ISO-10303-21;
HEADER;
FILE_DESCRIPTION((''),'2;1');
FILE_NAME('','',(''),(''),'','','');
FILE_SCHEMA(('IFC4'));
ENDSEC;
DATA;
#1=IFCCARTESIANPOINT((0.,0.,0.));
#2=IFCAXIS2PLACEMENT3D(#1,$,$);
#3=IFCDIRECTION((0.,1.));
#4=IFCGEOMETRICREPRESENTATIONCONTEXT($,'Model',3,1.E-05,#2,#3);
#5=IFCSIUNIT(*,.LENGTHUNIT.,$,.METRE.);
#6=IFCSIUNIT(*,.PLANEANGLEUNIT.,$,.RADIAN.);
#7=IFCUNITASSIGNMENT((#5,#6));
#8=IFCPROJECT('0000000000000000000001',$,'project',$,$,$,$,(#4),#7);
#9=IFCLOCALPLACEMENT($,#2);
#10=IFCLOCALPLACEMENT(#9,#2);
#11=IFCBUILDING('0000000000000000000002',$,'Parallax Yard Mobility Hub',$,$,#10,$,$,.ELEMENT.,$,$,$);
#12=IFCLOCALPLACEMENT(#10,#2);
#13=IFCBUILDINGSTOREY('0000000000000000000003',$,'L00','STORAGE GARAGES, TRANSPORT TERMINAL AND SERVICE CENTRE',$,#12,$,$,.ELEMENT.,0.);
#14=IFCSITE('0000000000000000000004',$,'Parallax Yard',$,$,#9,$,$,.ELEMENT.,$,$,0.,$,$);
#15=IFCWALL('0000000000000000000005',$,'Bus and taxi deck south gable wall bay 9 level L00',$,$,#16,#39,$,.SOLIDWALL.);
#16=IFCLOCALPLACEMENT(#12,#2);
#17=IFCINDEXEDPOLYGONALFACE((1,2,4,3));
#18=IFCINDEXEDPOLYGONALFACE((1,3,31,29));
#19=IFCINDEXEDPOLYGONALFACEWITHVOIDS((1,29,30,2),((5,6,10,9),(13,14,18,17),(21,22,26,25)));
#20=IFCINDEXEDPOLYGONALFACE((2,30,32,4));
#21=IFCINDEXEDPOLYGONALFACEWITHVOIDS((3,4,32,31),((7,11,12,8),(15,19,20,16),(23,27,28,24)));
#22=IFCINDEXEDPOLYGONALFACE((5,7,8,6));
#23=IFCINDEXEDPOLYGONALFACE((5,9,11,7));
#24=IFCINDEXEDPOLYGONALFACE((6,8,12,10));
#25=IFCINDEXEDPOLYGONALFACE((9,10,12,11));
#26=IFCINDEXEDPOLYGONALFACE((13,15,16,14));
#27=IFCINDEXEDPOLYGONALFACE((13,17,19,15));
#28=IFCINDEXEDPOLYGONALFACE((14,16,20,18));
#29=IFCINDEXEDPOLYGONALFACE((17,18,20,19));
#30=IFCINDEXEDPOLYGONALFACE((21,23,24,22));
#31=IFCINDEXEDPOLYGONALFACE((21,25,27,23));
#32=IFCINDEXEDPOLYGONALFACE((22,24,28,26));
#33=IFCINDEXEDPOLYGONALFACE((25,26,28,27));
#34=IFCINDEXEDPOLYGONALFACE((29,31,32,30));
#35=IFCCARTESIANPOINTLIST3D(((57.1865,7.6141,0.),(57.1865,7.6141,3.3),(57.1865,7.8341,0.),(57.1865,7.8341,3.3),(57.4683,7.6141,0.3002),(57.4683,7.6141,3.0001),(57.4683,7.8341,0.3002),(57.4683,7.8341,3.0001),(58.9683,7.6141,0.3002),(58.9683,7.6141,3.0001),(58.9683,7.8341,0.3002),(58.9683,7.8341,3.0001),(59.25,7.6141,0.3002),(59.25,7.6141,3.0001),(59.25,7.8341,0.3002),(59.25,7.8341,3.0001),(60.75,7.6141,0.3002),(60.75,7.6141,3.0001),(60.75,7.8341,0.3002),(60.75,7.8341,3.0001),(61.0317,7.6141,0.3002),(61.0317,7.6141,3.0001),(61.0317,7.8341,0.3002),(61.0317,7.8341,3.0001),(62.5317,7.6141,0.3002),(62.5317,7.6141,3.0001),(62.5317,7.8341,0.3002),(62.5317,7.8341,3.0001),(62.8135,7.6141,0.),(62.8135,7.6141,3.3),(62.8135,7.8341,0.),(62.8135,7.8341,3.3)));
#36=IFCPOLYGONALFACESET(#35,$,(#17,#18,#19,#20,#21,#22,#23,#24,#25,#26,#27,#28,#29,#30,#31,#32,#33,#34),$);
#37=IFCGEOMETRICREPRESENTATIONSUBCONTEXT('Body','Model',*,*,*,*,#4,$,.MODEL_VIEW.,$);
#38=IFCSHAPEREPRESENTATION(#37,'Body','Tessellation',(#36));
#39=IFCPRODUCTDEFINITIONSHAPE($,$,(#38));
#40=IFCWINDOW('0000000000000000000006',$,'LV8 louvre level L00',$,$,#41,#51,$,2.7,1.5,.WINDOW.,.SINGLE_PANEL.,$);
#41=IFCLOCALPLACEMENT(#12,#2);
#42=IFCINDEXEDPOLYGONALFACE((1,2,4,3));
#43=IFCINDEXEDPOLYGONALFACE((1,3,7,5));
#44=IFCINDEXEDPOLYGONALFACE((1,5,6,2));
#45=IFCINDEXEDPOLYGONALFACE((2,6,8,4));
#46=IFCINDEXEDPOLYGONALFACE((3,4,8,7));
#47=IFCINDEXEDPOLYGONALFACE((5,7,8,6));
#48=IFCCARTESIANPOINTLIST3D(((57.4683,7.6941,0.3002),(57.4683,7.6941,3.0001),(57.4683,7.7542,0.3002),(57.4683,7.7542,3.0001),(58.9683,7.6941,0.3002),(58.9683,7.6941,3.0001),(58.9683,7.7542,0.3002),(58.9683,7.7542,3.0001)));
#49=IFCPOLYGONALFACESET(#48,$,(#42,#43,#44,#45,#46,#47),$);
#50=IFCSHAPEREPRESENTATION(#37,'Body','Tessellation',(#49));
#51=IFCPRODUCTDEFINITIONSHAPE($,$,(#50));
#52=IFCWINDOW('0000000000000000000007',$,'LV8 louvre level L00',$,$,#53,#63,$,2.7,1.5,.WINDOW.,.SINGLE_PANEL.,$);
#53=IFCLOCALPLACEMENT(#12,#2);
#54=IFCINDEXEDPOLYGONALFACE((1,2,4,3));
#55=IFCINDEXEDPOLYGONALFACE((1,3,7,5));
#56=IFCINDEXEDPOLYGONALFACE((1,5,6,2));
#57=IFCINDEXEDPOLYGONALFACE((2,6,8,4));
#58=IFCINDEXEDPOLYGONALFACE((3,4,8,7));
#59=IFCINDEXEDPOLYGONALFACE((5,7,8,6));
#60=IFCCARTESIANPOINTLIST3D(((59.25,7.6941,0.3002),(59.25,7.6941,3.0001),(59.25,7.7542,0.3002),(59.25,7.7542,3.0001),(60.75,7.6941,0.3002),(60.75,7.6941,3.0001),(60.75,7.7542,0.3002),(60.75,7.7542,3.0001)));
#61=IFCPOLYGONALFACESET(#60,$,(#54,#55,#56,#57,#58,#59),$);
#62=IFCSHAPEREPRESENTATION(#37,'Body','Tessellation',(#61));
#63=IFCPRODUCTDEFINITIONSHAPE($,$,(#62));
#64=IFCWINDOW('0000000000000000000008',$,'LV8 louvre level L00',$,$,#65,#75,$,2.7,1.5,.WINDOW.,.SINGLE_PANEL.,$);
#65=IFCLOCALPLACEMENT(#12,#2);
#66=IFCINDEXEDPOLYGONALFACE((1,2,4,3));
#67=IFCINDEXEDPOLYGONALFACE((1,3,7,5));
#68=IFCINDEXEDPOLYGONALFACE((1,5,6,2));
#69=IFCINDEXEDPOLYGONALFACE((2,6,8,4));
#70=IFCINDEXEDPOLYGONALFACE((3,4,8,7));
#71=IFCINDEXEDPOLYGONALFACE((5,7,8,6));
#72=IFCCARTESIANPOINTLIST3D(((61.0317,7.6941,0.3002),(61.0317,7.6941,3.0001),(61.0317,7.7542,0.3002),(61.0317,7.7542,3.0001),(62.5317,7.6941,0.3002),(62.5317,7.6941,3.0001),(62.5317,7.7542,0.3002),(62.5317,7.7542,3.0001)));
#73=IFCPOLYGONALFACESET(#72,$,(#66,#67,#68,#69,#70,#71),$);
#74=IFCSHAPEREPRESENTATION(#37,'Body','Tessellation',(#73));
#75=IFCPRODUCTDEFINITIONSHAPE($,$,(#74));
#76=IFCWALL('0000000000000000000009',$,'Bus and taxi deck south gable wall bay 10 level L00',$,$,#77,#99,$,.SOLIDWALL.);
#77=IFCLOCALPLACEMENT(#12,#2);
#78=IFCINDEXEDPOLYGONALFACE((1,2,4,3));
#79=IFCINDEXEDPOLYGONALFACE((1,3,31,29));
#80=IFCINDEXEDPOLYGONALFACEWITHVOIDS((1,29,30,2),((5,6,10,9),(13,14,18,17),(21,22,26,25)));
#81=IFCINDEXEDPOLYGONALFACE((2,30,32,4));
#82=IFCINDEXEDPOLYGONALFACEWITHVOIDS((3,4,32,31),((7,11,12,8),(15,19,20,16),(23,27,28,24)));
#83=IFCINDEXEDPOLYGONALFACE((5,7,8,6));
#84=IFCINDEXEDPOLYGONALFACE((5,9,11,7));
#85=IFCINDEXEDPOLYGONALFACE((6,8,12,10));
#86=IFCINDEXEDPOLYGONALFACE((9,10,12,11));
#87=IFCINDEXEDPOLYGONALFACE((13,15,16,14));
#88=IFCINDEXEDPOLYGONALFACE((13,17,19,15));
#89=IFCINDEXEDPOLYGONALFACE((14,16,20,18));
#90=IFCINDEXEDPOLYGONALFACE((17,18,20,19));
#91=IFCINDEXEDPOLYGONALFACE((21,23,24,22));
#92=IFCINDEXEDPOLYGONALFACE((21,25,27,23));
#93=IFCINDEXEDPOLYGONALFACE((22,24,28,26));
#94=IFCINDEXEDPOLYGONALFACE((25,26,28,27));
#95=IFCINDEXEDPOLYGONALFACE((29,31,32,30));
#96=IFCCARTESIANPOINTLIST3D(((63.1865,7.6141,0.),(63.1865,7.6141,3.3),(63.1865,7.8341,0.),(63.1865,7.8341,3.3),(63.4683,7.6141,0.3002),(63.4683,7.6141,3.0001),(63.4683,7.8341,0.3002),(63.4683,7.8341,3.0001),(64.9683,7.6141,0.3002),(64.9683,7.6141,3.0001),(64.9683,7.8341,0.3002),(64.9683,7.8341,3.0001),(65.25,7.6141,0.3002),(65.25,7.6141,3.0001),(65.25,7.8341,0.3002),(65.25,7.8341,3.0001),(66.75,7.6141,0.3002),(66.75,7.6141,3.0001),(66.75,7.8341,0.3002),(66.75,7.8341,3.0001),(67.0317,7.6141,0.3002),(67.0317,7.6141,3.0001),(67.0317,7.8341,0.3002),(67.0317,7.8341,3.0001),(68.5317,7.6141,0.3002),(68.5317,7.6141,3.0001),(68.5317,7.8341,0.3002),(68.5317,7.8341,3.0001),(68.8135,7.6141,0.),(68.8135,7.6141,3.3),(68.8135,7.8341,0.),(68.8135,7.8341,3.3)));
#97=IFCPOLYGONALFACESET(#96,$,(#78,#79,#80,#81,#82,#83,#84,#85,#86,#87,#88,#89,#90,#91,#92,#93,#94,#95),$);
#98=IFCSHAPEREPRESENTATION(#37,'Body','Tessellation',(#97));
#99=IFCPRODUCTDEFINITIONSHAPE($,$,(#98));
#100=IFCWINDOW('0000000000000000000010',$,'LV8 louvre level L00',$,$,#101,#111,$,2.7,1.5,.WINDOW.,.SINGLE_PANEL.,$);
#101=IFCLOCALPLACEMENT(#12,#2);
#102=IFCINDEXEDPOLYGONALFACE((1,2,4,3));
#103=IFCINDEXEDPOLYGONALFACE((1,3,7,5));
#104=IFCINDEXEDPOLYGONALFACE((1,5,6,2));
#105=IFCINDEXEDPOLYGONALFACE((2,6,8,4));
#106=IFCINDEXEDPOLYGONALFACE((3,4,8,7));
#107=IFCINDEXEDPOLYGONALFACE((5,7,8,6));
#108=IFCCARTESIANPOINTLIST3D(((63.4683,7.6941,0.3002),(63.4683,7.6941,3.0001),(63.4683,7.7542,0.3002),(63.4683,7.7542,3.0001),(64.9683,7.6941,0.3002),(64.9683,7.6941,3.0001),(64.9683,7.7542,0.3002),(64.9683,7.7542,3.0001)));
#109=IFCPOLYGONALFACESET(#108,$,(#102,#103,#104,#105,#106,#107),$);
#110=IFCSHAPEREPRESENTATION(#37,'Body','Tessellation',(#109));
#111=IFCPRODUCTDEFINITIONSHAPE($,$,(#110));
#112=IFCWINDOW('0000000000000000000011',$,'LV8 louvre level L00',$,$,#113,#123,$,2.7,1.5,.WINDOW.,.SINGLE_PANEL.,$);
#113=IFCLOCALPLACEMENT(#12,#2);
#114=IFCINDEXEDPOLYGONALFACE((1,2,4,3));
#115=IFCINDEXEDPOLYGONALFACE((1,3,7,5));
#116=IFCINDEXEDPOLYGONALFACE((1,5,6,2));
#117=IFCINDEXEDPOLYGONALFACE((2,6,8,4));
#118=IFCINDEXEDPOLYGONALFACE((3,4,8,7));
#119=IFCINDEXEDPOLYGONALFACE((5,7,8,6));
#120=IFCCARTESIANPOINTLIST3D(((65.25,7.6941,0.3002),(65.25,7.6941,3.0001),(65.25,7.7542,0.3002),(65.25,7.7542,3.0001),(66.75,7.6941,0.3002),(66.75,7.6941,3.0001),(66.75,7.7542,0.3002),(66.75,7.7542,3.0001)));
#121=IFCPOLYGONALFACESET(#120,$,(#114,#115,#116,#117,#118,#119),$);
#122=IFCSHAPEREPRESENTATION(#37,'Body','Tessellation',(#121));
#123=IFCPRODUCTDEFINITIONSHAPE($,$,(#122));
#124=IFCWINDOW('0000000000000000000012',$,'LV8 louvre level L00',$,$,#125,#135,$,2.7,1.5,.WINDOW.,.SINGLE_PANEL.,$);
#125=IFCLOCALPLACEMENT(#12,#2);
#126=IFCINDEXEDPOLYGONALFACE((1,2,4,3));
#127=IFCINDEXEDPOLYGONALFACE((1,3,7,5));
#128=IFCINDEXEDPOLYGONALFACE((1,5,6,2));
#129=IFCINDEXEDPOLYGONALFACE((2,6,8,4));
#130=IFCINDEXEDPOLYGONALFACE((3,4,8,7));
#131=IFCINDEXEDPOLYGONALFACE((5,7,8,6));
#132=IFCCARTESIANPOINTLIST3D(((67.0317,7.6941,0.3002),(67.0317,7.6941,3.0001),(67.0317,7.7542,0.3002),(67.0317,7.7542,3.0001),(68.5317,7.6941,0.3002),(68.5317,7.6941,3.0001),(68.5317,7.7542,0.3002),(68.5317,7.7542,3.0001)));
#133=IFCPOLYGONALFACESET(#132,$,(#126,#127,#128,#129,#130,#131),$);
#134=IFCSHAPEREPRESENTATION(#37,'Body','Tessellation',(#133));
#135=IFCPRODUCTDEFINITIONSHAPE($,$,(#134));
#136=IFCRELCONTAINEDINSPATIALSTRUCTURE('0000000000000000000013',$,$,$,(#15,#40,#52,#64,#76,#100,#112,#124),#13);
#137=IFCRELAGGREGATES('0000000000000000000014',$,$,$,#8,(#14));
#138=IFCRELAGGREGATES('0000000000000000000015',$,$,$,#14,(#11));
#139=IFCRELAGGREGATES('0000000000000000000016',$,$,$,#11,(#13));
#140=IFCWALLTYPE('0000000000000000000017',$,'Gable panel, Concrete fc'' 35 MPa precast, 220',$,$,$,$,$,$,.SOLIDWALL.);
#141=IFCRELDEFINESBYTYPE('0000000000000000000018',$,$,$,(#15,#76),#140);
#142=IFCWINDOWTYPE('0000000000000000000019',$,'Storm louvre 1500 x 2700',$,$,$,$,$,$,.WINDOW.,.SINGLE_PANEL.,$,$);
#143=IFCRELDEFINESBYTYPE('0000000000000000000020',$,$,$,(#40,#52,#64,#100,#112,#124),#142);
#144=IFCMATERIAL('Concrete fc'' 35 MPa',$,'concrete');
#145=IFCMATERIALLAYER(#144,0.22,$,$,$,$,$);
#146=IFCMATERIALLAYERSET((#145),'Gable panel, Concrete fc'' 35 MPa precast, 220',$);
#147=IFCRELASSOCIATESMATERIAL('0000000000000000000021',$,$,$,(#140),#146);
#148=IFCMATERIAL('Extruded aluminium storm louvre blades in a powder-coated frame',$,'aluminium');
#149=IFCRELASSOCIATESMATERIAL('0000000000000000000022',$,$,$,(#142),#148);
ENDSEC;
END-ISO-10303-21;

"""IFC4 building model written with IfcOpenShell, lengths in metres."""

from ifc_helpers import new_model, si_unit, direction, frame, frame_2d, origin, place, context, subcontext, project, spatial, rectangle, extrude, material, layer, layer_set, type_object, element, fill, save


model = new_model("IFC4")

# Units and contexts
model_context = context("Model", 3, precision=1e-05, world=origin(), true_north=direction((0.0, 1.0)))
body_context = subcontext(model_context, "Body", "Model", "MODEL_VIEW")
ifc_project = project(units=[si_unit("LENGTHUNIT", "METRE"), si_unit("PLANEANGLEUNIT", "RADIAN")], contexts=[model_context])

# Site, building, storey
site_placement = place(None, origin())
site = spatial("IfcSite", under=ifc_project, at=site_placement, Name="Parallax Yard", CompositionType="ELEMENT", RefElevation=0.0)
building_placement = place(site_placement, origin())
building = spatial("IfcBuilding", under=site, at=building_placement, Name="Parallax Yard Mobility Hub", CompositionType="ELEMENT")
storey_placement = place(building_placement, origin())
storey = spatial("IfcBuildingStorey", under=building, at=storey_placement, Name="L00", Description="STORAGE GARAGES, TRANSPORT TERMINAL AND SERVICE CENTRE", CompositionType="ELEMENT", Elevation=0.0)

# Walls, openings, windows
ifc_material_1 = material(Name="Concrete fc' 35 MPa", Category="concrete")
ifc_layer = layer(ifc_material_1, 0.22)
ifc_layer_set = layer_set([ifc_layer], Name="Gable panel, Concrete fc' 35 MPa precast, 220")
wall_type = type_object("IfcWallType", Name="Gable panel, Concrete fc' 35 MPa precast, 220", PredefinedType="SOLIDWALL", material=ifc_layer_set)
wall_1_placement = place(storey_placement, frame((57.1865, 7.7241, 0.0), z_axis=(0.0, 0.0, 1.0), x_axis=(1.0, 0.0, 0.0)))
wall_1 = element("IfcWall", 1, at=wall_1_placement, inside=storey, type_object=wall_type, Name="Bus and taxi deck south gable wall bay 9 level L00", PredefinedType="SOLIDWALL", context=body_context, shape_type="SweptSolid", body=[
    extrude(rectangle(XDim=5.627, YDim=0.22, at=frame_2d((2.8135, 0.0))), origin(), (0.0, 0.0, 1.0), 3.3),
])
opening_1_placement = place(wall_1_placement, frame((0.2817, 0.0, 0.3)))
opening_1 = element("IfcOpeningElement", 2, at=opening_1_placement, cuts=wall_1, PredefinedType="OPENING", context=body_context, shape_type="SweptSolid", body=[
    extrude(rectangle(XDim=1.5, YDim=2.7, at=frame_2d((0.75, 1.3501))), frame((0.0, 0.1201, 0.0), z_axis=(0.0, -1.0, 0.0), x_axis=(1.0, 0.0, 0.0)), (0.0, 0.0, 1.0), 0.24),
])
opening_2_placement = place(wall_1_placement, frame((2.0635, 0.0, 0.3)))
opening_2 = element("IfcOpeningElement", 3, at=opening_2_placement, cuts=wall_1, PredefinedType="OPENING", context=body_context, shape_type="SweptSolid", body=[
    extrude(rectangle(XDim=1.5, YDim=2.7, at=frame_2d((0.75, 1.3501))), frame((0.0, 0.1201, 0.0), z_axis=(0.0, -1.0, 0.0), x_axis=(1.0, 0.0, 0.0)), (0.0, 0.0, 1.0), 0.24),
])
opening_3_placement = place(wall_1_placement, frame((3.8452, 0.0, 0.3)))
opening_3 = element("IfcOpeningElement", 4, at=opening_3_placement, cuts=wall_1, PredefinedType="OPENING", context=body_context, shape_type="SweptSolid", body=[
    extrude(rectangle(XDim=1.5, YDim=2.7, at=frame_2d((0.75, 1.3501))), frame((0.0, 0.1201, 0.0), z_axis=(0.0, -1.0, 0.0), x_axis=(1.0, 0.0, 0.0)), (0.0, 0.0, 1.0), 0.24),
])
ifc_material_2 = material(Name="Extruded aluminium storm louvre blades in a powder-coated frame", Category="aluminium")
window_type = type_object("IfcWindowType", Name="Storm louvre 1500 x 2700", PartitioningType="SINGLE_PANEL", PredefinedType="WINDOW", material=ifc_material_2)
window_1_placement = place(opening_1_placement, origin())
window_1 = element("IfcWindow", 5, at=window_1_placement, inside=storey, type_object=window_type, Name="LV8 louvre level L00", OverallHeight=2.7, OverallWidth=1.5, PartitioningType="SINGLE_PANEL", PredefinedType="WINDOW", context=body_context, shape_type="SweptSolid", body=[
    extrude(rectangle(XDim=1.5, YDim=2.7, at=frame_2d((0.75, 1.3501))), frame((0.0, 0.03, 0.0), z_axis=(0.0, -1.0, 0.0), x_axis=(1.0, 0.0, 0.0)), (0.0, 0.0, 1.0), 0.0601),
])
fill(opening_1, window_1)
window_2_placement = place(opening_2_placement, origin())
window_2 = element("IfcWindow", 6, at=window_2_placement, inside=storey, type_object=window_type, Name="LV8 louvre level L00", OverallHeight=2.7, OverallWidth=1.5, PartitioningType="SINGLE_PANEL", PredefinedType="WINDOW", context=body_context, shape_type="SweptSolid", body=[
    extrude(rectangle(XDim=1.5, YDim=2.7, at=frame_2d((0.75, 1.3501))), frame((0.0, 0.03, 0.0), z_axis=(0.0, -1.0, 0.0), x_axis=(1.0, 0.0, 0.0)), (0.0, 0.0, 1.0), 0.0601),
])
fill(opening_2, window_2)
window_3_placement = place(opening_3_placement, origin())
window_3 = element("IfcWindow", 7, at=window_3_placement, inside=storey, type_object=window_type, Name="LV8 louvre level L00", OverallHeight=2.7, OverallWidth=1.5, PartitioningType="SINGLE_PANEL", PredefinedType="WINDOW", context=body_context, shape_type="SweptSolid", body=[
    extrude(rectangle(XDim=1.5, YDim=2.7, at=frame_2d((0.75, 1.3501))), frame((0.0, 0.03, 0.0), z_axis=(0.0, -1.0, 0.0), x_axis=(1.0, 0.0, 0.0)), (0.0, 0.0, 1.0), 0.0601),
])
fill(opening_3, window_3)
wall_2_placement = place(storey_placement, frame((63.1865, 7.7241, 0.0), z_axis=(0.0, 0.0, 1.0), x_axis=(1.0, 0.0, 0.0)))
wall_2 = element("IfcWall", 8, at=wall_2_placement, inside=storey, type_object=wall_type, Name="Bus and taxi deck south gable wall bay 10 level L00", PredefinedType="SOLIDWALL", context=body_context, shape_type="SweptSolid", body=[
    extrude(rectangle(XDim=5.627, YDim=0.22, at=frame_2d((2.8135, 0.0))), origin(), (0.0, 0.0, 1.0), 3.3),
])
opening_4_placement = place(wall_2_placement, frame((0.2817, 0.0, 0.3)))
opening_4 = element("IfcOpeningElement", 9, at=opening_4_placement, cuts=wall_2, PredefinedType="OPENING", context=body_context, shape_type="SweptSolid", body=[
    extrude(rectangle(XDim=1.5, YDim=2.7, at=frame_2d((0.75, 1.3501))), frame((0.0, 0.1201, 0.0), z_axis=(0.0, -1.0, 0.0), x_axis=(1.0, 0.0, 0.0)), (0.0, 0.0, 1.0), 0.24),
])
opening_5_placement = place(wall_2_placement, frame((2.0635, 0.0, 0.3)))
opening_5 = element("IfcOpeningElement", 10, at=opening_5_placement, cuts=wall_2, PredefinedType="OPENING", context=body_context, shape_type="SweptSolid", body=[
    extrude(rectangle(XDim=1.5, YDim=2.7, at=frame_2d((0.75, 1.3501))), frame((0.0, 0.1201, 0.0), z_axis=(0.0, -1.0, 0.0), x_axis=(1.0, 0.0, 0.0)), (0.0, 0.0, 1.0), 0.24),
])
opening_6_placement = place(wall_2_placement, frame((3.8452, 0.0, 0.3)))
opening_6 = element("IfcOpeningElement", 11, at=opening_6_placement, cuts=wall_2, PredefinedType="OPENING", context=body_context, shape_type="SweptSolid", body=[
    extrude(rectangle(XDim=1.5, YDim=2.7, at=frame_2d((0.75, 1.3501))), frame((0.0, 0.1201, 0.0), z_axis=(0.0, -1.0, 0.0), x_axis=(1.0, 0.0, 0.0)), (0.0, 0.0, 1.0), 0.24),
])
window_4_placement = place(opening_4_placement, origin())
window_4 = element("IfcWindow", 12, at=window_4_placement, inside=storey, type_object=window_type, Name="LV8 louvre level L00", OverallHeight=2.7, OverallWidth=1.5, PartitioningType="SINGLE_PANEL", PredefinedType="WINDOW", context=body_context, shape_type="SweptSolid", body=[
    extrude(rectangle(XDim=1.5, YDim=2.7, at=frame_2d((0.75, 1.3501))), frame((0.0, 0.03, 0.0), z_axis=(0.0, -1.0, 0.0), x_axis=(1.0, 0.0, 0.0)), (0.0, 0.0, 1.0), 0.0601),
])
fill(opening_4, window_4)
window_5_placement = place(opening_5_placement, origin())
window_5 = element("IfcWindow", 13, at=window_5_placement, inside=storey, type_object=window_type, Name="LV8 louvre level L00", OverallHeight=2.7, OverallWidth=1.5, PartitioningType="SINGLE_PANEL", PredefinedType="WINDOW", context=body_context, shape_type="SweptSolid", body=[
    extrude(rectangle(XDim=1.5, YDim=2.7, at=frame_2d((0.75, 1.3501))), frame((0.0, 0.03, 0.0), z_axis=(0.0, -1.0, 0.0), x_axis=(1.0, 0.0, 0.0)), (0.0, 0.0, 1.0), 0.0601),
])
fill(opening_5, window_5)
window_6_placement = place(opening_6_placement, origin())
window_6 = element("IfcWindow", 14, at=window_6_placement, inside=storey, type_object=window_type, Name="LV8 louvre level L00", OverallHeight=2.7, OverallWidth=1.5, PartitioningType="SINGLE_PANEL", PredefinedType="WINDOW", context=body_context, shape_type="SweptSolid", body=[
    extrude(rectangle(XDim=1.5, YDim=2.7, at=frame_2d((0.75, 1.3501))), frame((0.0, 0.03, 0.0), z_axis=(0.0, -1.0, 0.0), x_axis=(1.0, 0.0, 0.0)), (0.0, 0.0, 1.0), 0.0601),
])
fill(opening_6, window_6)

save(model, "model.ifc")
